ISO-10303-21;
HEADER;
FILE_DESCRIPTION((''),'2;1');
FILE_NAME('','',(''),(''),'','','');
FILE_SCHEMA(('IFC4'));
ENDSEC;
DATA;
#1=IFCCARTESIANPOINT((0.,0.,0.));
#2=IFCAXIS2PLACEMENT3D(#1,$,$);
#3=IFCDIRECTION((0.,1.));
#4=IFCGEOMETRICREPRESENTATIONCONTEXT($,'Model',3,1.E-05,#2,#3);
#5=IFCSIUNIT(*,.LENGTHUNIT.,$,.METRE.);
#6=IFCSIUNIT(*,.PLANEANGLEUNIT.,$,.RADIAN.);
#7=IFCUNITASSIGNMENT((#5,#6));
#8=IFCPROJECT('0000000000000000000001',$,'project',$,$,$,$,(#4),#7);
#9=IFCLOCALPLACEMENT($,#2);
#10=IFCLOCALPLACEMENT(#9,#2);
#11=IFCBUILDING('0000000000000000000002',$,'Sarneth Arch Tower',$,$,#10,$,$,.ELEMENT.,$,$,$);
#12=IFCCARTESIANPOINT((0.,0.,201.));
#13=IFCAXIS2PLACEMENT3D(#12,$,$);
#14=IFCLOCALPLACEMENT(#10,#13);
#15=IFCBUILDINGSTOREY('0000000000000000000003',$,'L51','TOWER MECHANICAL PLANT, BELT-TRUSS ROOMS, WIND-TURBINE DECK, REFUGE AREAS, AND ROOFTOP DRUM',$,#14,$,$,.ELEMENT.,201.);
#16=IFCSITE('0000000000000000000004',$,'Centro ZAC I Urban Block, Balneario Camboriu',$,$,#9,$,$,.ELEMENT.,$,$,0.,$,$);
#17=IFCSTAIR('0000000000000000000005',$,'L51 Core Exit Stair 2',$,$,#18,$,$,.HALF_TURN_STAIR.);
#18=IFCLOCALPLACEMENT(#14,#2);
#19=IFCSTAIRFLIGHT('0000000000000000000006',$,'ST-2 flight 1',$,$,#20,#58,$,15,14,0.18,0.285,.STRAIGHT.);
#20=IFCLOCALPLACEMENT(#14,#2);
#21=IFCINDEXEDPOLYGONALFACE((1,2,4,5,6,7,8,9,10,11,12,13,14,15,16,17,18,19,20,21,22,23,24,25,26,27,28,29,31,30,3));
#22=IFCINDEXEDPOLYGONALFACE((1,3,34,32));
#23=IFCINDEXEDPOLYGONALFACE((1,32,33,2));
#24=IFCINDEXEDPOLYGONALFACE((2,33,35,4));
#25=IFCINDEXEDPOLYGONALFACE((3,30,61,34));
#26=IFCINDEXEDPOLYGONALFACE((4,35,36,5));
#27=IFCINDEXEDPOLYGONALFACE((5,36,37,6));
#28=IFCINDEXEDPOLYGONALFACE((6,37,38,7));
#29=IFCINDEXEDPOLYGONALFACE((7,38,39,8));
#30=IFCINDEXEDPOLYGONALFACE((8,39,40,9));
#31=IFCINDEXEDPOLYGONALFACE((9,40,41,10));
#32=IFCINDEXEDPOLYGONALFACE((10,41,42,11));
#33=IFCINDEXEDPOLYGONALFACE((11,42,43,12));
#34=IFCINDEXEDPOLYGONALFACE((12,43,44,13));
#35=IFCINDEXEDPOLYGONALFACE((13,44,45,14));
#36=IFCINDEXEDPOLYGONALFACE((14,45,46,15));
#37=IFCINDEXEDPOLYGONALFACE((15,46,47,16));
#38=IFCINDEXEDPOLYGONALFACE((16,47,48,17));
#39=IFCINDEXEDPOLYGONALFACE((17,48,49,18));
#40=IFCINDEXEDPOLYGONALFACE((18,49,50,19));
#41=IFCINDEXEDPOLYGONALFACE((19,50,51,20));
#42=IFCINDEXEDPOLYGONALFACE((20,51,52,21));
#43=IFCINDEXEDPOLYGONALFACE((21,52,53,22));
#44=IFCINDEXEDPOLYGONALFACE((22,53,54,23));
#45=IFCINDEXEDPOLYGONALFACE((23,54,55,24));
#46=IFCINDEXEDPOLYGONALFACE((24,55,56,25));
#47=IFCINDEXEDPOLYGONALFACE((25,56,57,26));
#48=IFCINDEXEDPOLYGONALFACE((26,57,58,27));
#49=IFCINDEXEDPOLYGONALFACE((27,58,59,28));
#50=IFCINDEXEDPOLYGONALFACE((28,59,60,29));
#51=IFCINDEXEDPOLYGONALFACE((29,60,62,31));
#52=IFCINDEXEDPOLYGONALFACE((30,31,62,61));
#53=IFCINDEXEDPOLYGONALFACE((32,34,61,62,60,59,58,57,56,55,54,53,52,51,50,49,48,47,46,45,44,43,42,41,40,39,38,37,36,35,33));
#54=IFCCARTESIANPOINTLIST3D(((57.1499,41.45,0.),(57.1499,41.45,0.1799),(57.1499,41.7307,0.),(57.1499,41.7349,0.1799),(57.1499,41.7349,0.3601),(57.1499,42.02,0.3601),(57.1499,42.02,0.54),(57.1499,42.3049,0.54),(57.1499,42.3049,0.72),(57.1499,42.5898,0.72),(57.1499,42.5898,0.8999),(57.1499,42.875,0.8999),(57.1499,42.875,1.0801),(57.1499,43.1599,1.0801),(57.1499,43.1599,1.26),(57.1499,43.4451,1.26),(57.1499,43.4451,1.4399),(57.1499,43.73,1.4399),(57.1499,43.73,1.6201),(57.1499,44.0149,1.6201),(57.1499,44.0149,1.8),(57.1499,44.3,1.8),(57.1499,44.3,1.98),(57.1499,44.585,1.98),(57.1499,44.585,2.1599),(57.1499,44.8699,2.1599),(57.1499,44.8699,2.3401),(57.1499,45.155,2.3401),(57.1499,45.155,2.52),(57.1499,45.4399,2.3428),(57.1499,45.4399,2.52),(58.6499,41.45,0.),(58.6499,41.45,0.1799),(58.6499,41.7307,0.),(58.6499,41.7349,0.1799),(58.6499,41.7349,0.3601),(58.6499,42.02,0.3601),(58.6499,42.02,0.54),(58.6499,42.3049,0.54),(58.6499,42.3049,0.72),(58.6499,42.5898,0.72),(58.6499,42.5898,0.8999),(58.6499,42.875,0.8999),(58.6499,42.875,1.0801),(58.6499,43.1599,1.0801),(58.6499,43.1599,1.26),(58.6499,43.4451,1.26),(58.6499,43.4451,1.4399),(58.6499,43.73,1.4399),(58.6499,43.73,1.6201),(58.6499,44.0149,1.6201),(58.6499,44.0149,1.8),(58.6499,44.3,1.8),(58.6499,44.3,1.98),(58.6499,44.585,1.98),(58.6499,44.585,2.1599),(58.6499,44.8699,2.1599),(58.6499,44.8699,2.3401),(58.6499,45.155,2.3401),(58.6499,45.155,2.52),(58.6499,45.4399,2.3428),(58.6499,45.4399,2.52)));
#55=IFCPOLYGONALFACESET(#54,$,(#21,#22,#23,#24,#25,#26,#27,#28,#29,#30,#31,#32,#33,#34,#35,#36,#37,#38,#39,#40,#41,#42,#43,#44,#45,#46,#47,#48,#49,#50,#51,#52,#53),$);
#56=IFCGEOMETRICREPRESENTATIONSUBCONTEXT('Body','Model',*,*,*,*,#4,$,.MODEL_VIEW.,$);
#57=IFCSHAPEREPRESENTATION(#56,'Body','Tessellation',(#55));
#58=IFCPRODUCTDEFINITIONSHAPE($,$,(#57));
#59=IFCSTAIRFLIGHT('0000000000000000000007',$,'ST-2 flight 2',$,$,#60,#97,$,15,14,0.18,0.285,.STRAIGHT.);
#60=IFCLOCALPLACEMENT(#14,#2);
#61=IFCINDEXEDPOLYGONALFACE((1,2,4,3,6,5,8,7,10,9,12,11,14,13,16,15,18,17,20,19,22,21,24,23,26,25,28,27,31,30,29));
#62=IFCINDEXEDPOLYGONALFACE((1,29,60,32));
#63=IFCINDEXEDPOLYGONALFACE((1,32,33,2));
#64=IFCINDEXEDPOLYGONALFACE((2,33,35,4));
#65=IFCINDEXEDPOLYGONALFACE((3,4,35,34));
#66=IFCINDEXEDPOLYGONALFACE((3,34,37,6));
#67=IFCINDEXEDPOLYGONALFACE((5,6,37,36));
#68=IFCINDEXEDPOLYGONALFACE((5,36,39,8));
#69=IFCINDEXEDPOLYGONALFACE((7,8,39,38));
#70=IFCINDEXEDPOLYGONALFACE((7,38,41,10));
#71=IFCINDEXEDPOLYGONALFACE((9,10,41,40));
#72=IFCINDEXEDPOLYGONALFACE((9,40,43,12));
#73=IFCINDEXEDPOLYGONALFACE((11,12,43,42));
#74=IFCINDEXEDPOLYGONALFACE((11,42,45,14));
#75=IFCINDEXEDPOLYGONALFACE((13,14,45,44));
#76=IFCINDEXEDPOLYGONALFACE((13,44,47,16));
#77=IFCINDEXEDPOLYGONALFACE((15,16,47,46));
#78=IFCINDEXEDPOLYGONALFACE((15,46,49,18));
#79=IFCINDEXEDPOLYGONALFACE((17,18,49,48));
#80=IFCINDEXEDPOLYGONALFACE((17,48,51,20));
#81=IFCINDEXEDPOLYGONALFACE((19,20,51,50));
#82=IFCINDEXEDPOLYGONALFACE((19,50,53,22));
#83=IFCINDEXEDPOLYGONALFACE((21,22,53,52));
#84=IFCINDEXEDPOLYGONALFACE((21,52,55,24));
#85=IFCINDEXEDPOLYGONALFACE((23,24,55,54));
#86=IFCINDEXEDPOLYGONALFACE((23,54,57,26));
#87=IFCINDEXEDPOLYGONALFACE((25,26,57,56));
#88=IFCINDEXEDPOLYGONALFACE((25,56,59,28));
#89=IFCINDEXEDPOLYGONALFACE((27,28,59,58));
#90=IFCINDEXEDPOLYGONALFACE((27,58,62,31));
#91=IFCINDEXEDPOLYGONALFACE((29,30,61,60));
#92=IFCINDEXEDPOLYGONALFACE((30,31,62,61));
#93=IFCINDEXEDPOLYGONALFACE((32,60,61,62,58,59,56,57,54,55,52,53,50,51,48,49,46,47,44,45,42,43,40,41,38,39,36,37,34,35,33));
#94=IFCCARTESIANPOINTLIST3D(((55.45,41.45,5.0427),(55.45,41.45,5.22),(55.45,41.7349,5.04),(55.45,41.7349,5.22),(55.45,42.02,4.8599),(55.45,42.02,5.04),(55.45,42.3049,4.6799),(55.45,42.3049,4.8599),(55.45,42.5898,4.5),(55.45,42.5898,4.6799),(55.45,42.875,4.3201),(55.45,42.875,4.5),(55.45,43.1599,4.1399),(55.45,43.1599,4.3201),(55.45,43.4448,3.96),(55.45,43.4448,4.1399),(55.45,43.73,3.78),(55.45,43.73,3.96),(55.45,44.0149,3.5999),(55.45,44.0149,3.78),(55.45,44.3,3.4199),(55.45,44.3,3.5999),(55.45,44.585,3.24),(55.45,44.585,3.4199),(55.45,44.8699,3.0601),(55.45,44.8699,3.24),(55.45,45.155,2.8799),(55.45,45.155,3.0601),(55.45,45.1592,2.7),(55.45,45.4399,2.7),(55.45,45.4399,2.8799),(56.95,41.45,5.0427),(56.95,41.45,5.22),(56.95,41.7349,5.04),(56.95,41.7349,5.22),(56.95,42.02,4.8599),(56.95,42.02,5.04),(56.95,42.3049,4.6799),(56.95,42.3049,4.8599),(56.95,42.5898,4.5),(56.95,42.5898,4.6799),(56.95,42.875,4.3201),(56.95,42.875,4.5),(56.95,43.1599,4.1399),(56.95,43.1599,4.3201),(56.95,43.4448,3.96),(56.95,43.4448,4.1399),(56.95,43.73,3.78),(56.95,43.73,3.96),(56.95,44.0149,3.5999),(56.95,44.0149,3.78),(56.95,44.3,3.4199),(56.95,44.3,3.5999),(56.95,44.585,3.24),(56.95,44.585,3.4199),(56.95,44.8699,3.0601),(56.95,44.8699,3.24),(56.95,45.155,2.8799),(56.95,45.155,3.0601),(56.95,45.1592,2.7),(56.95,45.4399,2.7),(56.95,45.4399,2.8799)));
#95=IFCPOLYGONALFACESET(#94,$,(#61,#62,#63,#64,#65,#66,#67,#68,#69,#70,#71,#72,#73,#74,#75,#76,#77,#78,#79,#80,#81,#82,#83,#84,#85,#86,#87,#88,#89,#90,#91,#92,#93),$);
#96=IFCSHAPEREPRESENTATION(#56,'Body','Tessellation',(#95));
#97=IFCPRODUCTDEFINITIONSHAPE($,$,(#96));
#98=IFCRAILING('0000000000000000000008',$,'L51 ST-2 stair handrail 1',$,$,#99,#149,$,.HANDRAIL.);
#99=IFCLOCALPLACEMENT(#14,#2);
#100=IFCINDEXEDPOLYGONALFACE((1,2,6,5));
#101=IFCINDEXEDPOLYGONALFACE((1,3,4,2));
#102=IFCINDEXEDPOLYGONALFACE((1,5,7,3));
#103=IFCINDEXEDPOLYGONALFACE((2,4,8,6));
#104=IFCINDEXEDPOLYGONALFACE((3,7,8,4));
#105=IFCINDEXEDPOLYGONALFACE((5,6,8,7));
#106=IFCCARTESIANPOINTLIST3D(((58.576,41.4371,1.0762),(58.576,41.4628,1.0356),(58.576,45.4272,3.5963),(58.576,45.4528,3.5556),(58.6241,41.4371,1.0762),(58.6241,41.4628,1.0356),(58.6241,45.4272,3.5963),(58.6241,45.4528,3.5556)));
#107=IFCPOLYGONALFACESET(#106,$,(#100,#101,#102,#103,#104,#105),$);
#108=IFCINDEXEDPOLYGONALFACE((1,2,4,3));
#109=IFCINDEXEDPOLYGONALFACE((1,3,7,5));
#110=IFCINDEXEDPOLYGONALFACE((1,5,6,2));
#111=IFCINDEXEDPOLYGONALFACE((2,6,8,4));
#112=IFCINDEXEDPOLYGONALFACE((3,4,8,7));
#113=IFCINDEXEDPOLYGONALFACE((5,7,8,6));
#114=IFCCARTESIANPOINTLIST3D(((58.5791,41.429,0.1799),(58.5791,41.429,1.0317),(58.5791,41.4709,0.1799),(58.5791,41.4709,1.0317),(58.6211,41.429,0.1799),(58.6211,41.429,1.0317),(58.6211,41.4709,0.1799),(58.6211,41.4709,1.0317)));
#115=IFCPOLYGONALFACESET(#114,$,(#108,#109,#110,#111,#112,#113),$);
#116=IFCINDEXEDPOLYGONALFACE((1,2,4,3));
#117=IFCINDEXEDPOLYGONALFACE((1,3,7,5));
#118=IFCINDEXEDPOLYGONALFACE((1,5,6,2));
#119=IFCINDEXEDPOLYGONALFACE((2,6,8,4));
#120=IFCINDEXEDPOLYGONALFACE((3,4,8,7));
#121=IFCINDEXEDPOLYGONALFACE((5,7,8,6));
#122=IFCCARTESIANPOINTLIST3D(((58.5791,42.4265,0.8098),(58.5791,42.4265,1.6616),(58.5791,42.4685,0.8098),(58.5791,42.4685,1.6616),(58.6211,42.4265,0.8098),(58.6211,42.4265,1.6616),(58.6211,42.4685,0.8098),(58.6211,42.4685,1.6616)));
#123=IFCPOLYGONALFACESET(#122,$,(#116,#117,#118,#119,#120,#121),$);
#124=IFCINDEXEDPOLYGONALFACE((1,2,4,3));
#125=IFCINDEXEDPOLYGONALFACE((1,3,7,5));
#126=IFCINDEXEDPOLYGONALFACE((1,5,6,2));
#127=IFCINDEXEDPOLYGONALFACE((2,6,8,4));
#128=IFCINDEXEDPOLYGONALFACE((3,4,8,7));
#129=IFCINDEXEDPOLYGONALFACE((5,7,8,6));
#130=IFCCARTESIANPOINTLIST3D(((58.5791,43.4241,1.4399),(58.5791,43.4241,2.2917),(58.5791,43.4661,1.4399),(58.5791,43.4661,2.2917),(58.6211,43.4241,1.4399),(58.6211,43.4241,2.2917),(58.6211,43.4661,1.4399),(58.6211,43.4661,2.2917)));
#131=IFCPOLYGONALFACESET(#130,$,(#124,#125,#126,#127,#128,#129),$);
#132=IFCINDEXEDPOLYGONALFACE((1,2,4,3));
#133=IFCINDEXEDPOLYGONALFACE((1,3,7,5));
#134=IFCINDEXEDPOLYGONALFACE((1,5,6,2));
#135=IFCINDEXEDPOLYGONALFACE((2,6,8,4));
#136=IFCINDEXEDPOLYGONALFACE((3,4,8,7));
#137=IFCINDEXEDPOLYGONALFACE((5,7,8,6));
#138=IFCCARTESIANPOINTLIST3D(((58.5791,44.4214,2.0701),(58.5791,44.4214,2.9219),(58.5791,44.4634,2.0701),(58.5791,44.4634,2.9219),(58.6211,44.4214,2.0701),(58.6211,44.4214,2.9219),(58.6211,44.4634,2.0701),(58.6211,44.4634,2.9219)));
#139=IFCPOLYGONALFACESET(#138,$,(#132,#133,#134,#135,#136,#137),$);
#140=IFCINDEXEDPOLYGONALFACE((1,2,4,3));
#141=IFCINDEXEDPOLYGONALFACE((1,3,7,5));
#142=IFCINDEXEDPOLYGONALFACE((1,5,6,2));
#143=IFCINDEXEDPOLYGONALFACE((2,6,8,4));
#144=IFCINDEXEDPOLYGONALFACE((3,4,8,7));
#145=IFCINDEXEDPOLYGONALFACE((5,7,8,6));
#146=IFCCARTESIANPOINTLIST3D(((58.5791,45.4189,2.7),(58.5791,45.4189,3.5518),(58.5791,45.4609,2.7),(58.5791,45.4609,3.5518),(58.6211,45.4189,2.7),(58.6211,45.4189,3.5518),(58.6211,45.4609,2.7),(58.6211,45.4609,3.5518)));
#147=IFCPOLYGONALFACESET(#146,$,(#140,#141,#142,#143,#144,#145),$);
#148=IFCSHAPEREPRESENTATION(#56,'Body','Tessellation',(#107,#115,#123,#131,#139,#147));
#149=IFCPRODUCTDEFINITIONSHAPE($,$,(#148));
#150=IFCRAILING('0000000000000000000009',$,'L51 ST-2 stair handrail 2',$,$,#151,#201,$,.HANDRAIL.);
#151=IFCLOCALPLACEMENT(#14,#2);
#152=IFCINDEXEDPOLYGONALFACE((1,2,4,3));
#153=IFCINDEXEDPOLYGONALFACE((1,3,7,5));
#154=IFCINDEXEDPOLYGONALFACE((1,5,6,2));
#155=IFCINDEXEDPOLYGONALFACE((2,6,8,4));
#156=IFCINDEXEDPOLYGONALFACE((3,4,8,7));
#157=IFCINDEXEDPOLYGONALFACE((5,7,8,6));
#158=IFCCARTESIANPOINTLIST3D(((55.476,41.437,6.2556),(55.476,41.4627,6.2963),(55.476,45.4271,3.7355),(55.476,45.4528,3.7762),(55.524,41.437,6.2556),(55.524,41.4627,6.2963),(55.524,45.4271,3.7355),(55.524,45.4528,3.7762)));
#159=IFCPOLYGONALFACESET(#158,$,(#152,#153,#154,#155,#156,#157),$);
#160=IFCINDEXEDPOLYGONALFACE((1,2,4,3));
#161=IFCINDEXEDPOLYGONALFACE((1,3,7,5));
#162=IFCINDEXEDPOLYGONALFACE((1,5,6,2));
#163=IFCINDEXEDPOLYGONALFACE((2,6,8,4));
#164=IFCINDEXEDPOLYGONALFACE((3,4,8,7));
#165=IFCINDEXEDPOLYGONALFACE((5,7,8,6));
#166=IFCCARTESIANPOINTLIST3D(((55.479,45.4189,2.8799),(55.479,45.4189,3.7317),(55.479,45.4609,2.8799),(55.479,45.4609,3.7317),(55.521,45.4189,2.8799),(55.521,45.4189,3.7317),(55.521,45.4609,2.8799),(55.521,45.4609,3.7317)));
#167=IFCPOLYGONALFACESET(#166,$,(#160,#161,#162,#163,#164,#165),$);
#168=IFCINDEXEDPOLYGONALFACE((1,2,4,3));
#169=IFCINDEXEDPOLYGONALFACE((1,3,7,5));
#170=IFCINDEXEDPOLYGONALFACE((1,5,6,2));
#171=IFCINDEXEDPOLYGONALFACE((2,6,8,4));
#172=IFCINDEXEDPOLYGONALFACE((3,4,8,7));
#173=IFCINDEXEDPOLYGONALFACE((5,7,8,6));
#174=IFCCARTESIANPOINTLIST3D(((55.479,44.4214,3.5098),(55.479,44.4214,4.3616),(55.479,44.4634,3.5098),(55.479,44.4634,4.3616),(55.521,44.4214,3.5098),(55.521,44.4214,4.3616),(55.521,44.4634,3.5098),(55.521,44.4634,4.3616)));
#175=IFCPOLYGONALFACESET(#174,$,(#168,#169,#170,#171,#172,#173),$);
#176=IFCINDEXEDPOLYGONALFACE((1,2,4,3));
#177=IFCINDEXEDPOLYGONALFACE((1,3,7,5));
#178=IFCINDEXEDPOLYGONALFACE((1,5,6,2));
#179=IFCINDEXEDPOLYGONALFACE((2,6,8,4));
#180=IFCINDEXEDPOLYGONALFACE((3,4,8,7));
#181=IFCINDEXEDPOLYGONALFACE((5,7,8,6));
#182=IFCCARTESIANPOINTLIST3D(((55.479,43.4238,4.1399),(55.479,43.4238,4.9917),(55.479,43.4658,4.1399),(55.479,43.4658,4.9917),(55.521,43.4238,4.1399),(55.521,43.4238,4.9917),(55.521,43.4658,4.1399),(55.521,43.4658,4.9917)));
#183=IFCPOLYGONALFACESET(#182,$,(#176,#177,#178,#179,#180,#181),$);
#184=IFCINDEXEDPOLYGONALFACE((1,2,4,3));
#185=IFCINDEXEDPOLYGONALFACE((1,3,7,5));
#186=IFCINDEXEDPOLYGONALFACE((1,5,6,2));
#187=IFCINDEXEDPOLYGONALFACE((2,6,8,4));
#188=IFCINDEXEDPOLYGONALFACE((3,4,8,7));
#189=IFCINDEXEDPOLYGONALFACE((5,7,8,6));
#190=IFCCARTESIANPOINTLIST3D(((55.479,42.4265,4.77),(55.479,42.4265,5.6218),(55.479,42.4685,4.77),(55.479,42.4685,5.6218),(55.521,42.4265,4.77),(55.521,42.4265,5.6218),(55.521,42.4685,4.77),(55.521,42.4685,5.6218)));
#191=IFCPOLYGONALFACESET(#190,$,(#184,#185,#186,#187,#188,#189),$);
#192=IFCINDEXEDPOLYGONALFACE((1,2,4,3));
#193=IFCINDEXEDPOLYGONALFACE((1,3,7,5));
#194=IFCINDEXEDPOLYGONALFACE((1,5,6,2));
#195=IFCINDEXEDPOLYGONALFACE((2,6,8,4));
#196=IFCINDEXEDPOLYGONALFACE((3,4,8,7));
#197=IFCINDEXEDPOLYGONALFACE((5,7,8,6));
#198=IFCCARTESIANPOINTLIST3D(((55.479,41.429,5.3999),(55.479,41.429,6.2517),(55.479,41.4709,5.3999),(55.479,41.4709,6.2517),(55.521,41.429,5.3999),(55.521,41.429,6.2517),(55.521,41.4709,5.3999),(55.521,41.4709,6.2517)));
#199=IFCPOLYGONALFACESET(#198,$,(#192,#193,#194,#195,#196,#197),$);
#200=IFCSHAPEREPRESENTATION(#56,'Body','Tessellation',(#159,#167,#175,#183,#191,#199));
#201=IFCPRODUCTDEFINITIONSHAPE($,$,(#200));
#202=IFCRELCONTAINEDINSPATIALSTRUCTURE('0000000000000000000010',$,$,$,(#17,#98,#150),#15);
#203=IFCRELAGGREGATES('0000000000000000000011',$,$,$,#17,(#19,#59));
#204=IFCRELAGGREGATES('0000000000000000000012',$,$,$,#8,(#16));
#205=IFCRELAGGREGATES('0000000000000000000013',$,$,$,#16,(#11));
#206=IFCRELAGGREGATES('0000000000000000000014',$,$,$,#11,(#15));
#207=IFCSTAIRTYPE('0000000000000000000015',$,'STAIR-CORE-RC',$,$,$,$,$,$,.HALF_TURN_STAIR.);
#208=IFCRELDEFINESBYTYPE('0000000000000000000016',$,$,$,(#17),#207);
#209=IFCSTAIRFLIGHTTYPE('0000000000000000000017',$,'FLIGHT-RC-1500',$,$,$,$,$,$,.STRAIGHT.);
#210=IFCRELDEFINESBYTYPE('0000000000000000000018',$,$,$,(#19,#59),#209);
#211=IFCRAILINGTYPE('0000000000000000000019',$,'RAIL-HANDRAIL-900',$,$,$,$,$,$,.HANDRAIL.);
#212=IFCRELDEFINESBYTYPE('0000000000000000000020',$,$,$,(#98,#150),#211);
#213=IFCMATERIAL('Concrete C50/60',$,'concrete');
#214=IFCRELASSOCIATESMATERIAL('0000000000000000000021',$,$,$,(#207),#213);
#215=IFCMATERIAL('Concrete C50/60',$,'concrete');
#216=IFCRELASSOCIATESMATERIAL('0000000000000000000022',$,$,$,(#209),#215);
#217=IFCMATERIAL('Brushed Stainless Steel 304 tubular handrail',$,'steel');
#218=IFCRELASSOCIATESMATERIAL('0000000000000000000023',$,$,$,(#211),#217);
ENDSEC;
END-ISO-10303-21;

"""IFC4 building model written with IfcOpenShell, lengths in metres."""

from ifc_helpers import new_model, si_unit, direction, frame, origin, origin_2d, place, context, subcontext, project, spatial, polyline, rectangle, outline, extrude, material, type_object, element, aggregate, save


model = new_model("IFC4")

# Units and contexts
model_context = context("Model", 3, precision=1e-05, world=origin(), true_north=direction((0.0, 1.0)))
body_context = subcontext(model_context, "Body", "Model", "MODEL_VIEW")
ifc_project = project(units=[si_unit("LENGTHUNIT", "METRE"), si_unit("PLANEANGLEUNIT", "RADIAN")], contexts=[model_context])

# Site, building, storey
site_placement = place(None, origin())
site = spatial("IfcSite", under=ifc_project, at=site_placement, Name="Centro ZAC I Urban Block, Balneario Camboriu", CompositionType="ELEMENT", RefElevation=0.0)
building_placement = place(site_placement, origin())
building = spatial("IfcBuilding", under=site, at=building_placement, Name="Sarneth Arch Tower", CompositionType="ELEMENT")
storey_placement = place(building_placement, frame((0.0, 0.0, 201.0)))
storey = spatial("IfcBuildingStorey", under=building, at=storey_placement, Name="L51", Description="TOWER MECHANICAL PLANT, BELT-TRUSS ROOMS, WIND-TURBINE DECK, REFUGE AREAS, AND ROOFTOP DRUM", CompositionType="ELEMENT", Elevation=201.0)

# Stair, stair flights
ifc_material_1 = material(Name="Concrete C50/60", Category="concrete")
stair_type = type_object("IfcStairType", Name="STAIR-CORE-RC", PredefinedType="HALF_TURN_STAIR", material=ifc_material_1)
stair_placement = place(storey_placement, origin())
stair = element("IfcStair", 1, at=stair_placement, inside=storey, type_object=stair_type, Name="L51 Core Exit Stair 2", PredefinedType="HALF_TURN_STAIR")
ifc_material_2 = material(Name="Concrete C50/60", Category="concrete")
stair_flight_type = type_object("IfcStairFlightType", Name="FLIGHT-RC-1500", PredefinedType="STRAIGHT", material=ifc_material_2)
stair_flight_1_placement = place(storey_placement, frame((57.8999, 41.45, 0.0), z_axis=(0.0, 0.0, 1.0), x_axis=(0.0, 1.0, 0.0)))
stair_flight_1 = element("IfcStairFlight", 2, at=stair_flight_1_placement, type_object=stair_flight_type, Name="ST-2 flight 1", NumberOfRisers=15, NumberOfTreads=14, PredefinedType="STRAIGHT", RiserHeight=0.18, TreadLength=0.285, context=body_context, shape_type="SweptSolid", body=[
    extrude(outline(polyline([(0.0, 0.0), (0.0, 0.1799), (0.2849, 0.1799), (0.2849, 0.3601), (0.5701, 0.3601), (0.5701, 0.54), (0.855, 0.54), (0.855, 0.72), (1.1399, 0.72), (1.1399, 0.8999), (1.425, 0.8999), (1.425, 1.0801), (1.71, 1.0801), (1.71, 1.26), (1.9951, 1.26), (1.9951, 1.4399), (2.28, 1.4399), (2.28, 1.6201), (2.5649, 1.6201), (2.5649, 1.8), (2.8501, 1.8), (2.8501, 1.98), (3.135, 1.98), (3.135, 2.1599), (3.4199, 2.1599), (3.4199, 2.3401), (3.7051, 2.3401), (3.7051, 2.52), (3.99, 2.52), (3.99, 2.7), (3.99, 2.3428), (0.2808, 0.0), (0.0, 0.0)])), frame((0.0, 0.75, 0.0), z_axis=(0.0, -1.0, 0.0), x_axis=(1.0, 0.0, 0.0)), (0.0, 0.0, 1.0), 1.5),
])
stair_flight_2_placement = place(storey_placement, frame((56.2, 45.4399, 2.7), z_axis=(0.0, 0.0, 1.0), x_axis=(0.0, -1.0, 0.0)))
stair_flight_2 = element("IfcStairFlight", 3, at=stair_flight_2_placement, type_object=stair_flight_type, Name="ST-2 flight 2", NumberOfRisers=15, NumberOfTreads=14, PredefinedType="STRAIGHT", RiserHeight=0.18, TreadLength=0.285, context=body_context, shape_type="SweptSolid", body=[
    extrude(outline(polyline([(0.0, 0.0), (0.0, 0.1799), (0.2849, 0.1799), (0.2849, 0.3601), (0.5701, 0.3601), (0.5701, 0.54), (0.855, 0.54), (0.855, 0.72), (1.1399, 0.72), (1.1399, 0.8999), (1.425, 0.8999), (1.425, 1.0801), (1.71, 1.0801), (1.71, 1.26), (1.9951, 1.26), (1.9951, 1.4399), (2.28, 1.4399), (2.28, 1.6201), (2.5649, 1.6201), (2.5649, 1.8), (2.8501, 1.8), (2.8501, 1.98), (3.135, 1.98), (3.135, 2.1599), (3.4199, 2.1599), (3.4199, 2.3401), (3.7051, 2.3401), (3.7051, 2.52), (3.99, 2.52), (3.99, 2.7), (3.99, 2.3428), (0.2808, 0.0), (0.0, 0.0)])), frame((0.0, 0.75, 0.0), z_axis=(0.0, -1.0, 0.0), x_axis=(1.0, 0.0, 0.0)), (0.0, 0.0, 1.0), 1.5),
])
aggregate(stair, [stair_flight_1, stair_flight_2])

# Railings
ifc_material_3 = material(Name="Brushed Stainless Steel 304 tubular handrail", Category="steel")
railing_type_1 = type_object("IfcRailingType", Name="RAIL-HANDRAIL-900", PredefinedType="HANDRAIL", material=ifc_material_3)
railing_1_placement = place(storey_placement, frame((58.6001, 41.45, 0.1799)))
element("IfcRailing", 4, at=railing_1_placement, inside=storey, type_object=railing_type_1, Name="L51 ST-2 stair handrail 1", PredefinedType="HANDRAIL", context=body_context, shape_type="SweptSolid", body=[
    extrude(rectangle(XDim=0.0481, YDim=0.0481, at=origin_2d()), frame((0.0, 0.0, 0.876), z_axis=(0.0, 0.845486, 0.533997), x_axis=(-1.0, 0.0, 0.0)), (0.0, 0.0, 1.0), 4.7192),
    extrude(rectangle(XDim=0.042, YDim=0.042, at=origin_2d()), origin(), (0.0, 0.0, 1.0), 0.8518),
    extrude(rectangle(XDim=0.042, YDim=0.042, at=origin_2d()), frame((0.0, 0.9976, 0.6299)), (0.0, 0.0, 1.0), 0.8518),
    extrude(rectangle(XDim=0.042, YDim=0.042, at=origin_2d()), frame((0.0, 1.9951, 1.26)), (0.0, 0.0, 1.0), 0.8518),
    extrude(rectangle(XDim=0.042, YDim=0.042, at=origin_2d()), frame((0.0, 2.9924, 1.8901)), (0.0, 0.0, 1.0), 0.8518),
    extrude(rectangle(XDim=0.042, YDim=0.042, at=origin_2d()), frame((0.0, 3.99, 2.52)), (0.0, 0.0, 1.0), 0.8518),
])
railing_2_placement = place(storey_placement, frame((55.5, 45.4399, 2.8799)))
element("IfcRailing", 5, at=railing_2_placement, inside=storey, type_object=railing_type_1, Name="L51 ST-2 stair handrail 2", PredefinedType="HANDRAIL", context=body_context, shape_type="SweptSolid", body=[
    extrude(rectangle(XDim=0.0481, YDim=0.0481, at=origin_2d()), frame((0.0, 0.0, 0.876), z_axis=(0.0, -0.845486, 0.533997), x_axis=(1.0, 0.0, 0.0)), (0.0, 0.0, 1.0), 4.7192),
    extrude(rectangle(XDim=0.042, YDim=0.042, at=origin_2d()), origin(), (0.0, 0.0, 1.0), 0.8518),
    extrude(rectangle(XDim=0.042, YDim=0.042, at=origin_2d()), frame((0.0, -0.9976, 0.6299)), (0.0, 0.0, 1.0), 0.8518),
    extrude(rectangle(XDim=0.042, YDim=0.042, at=origin_2d()), frame((0.0, -1.9951, 1.26)), (0.0, 0.0, 1.0), 0.8518),
    extrude(rectangle(XDim=0.042, YDim=0.042, at=origin_2d()), frame((0.0, -2.9924, 1.8901)), (0.0, 0.0, 1.0), 0.8518),
    extrude(rectangle(XDim=0.042, YDim=0.042, at=origin_2d()), frame((0.0, -3.99, 2.52)), (0.0, 0.0, 1.0), 0.8518),
])

save(model, "model.ifc")
